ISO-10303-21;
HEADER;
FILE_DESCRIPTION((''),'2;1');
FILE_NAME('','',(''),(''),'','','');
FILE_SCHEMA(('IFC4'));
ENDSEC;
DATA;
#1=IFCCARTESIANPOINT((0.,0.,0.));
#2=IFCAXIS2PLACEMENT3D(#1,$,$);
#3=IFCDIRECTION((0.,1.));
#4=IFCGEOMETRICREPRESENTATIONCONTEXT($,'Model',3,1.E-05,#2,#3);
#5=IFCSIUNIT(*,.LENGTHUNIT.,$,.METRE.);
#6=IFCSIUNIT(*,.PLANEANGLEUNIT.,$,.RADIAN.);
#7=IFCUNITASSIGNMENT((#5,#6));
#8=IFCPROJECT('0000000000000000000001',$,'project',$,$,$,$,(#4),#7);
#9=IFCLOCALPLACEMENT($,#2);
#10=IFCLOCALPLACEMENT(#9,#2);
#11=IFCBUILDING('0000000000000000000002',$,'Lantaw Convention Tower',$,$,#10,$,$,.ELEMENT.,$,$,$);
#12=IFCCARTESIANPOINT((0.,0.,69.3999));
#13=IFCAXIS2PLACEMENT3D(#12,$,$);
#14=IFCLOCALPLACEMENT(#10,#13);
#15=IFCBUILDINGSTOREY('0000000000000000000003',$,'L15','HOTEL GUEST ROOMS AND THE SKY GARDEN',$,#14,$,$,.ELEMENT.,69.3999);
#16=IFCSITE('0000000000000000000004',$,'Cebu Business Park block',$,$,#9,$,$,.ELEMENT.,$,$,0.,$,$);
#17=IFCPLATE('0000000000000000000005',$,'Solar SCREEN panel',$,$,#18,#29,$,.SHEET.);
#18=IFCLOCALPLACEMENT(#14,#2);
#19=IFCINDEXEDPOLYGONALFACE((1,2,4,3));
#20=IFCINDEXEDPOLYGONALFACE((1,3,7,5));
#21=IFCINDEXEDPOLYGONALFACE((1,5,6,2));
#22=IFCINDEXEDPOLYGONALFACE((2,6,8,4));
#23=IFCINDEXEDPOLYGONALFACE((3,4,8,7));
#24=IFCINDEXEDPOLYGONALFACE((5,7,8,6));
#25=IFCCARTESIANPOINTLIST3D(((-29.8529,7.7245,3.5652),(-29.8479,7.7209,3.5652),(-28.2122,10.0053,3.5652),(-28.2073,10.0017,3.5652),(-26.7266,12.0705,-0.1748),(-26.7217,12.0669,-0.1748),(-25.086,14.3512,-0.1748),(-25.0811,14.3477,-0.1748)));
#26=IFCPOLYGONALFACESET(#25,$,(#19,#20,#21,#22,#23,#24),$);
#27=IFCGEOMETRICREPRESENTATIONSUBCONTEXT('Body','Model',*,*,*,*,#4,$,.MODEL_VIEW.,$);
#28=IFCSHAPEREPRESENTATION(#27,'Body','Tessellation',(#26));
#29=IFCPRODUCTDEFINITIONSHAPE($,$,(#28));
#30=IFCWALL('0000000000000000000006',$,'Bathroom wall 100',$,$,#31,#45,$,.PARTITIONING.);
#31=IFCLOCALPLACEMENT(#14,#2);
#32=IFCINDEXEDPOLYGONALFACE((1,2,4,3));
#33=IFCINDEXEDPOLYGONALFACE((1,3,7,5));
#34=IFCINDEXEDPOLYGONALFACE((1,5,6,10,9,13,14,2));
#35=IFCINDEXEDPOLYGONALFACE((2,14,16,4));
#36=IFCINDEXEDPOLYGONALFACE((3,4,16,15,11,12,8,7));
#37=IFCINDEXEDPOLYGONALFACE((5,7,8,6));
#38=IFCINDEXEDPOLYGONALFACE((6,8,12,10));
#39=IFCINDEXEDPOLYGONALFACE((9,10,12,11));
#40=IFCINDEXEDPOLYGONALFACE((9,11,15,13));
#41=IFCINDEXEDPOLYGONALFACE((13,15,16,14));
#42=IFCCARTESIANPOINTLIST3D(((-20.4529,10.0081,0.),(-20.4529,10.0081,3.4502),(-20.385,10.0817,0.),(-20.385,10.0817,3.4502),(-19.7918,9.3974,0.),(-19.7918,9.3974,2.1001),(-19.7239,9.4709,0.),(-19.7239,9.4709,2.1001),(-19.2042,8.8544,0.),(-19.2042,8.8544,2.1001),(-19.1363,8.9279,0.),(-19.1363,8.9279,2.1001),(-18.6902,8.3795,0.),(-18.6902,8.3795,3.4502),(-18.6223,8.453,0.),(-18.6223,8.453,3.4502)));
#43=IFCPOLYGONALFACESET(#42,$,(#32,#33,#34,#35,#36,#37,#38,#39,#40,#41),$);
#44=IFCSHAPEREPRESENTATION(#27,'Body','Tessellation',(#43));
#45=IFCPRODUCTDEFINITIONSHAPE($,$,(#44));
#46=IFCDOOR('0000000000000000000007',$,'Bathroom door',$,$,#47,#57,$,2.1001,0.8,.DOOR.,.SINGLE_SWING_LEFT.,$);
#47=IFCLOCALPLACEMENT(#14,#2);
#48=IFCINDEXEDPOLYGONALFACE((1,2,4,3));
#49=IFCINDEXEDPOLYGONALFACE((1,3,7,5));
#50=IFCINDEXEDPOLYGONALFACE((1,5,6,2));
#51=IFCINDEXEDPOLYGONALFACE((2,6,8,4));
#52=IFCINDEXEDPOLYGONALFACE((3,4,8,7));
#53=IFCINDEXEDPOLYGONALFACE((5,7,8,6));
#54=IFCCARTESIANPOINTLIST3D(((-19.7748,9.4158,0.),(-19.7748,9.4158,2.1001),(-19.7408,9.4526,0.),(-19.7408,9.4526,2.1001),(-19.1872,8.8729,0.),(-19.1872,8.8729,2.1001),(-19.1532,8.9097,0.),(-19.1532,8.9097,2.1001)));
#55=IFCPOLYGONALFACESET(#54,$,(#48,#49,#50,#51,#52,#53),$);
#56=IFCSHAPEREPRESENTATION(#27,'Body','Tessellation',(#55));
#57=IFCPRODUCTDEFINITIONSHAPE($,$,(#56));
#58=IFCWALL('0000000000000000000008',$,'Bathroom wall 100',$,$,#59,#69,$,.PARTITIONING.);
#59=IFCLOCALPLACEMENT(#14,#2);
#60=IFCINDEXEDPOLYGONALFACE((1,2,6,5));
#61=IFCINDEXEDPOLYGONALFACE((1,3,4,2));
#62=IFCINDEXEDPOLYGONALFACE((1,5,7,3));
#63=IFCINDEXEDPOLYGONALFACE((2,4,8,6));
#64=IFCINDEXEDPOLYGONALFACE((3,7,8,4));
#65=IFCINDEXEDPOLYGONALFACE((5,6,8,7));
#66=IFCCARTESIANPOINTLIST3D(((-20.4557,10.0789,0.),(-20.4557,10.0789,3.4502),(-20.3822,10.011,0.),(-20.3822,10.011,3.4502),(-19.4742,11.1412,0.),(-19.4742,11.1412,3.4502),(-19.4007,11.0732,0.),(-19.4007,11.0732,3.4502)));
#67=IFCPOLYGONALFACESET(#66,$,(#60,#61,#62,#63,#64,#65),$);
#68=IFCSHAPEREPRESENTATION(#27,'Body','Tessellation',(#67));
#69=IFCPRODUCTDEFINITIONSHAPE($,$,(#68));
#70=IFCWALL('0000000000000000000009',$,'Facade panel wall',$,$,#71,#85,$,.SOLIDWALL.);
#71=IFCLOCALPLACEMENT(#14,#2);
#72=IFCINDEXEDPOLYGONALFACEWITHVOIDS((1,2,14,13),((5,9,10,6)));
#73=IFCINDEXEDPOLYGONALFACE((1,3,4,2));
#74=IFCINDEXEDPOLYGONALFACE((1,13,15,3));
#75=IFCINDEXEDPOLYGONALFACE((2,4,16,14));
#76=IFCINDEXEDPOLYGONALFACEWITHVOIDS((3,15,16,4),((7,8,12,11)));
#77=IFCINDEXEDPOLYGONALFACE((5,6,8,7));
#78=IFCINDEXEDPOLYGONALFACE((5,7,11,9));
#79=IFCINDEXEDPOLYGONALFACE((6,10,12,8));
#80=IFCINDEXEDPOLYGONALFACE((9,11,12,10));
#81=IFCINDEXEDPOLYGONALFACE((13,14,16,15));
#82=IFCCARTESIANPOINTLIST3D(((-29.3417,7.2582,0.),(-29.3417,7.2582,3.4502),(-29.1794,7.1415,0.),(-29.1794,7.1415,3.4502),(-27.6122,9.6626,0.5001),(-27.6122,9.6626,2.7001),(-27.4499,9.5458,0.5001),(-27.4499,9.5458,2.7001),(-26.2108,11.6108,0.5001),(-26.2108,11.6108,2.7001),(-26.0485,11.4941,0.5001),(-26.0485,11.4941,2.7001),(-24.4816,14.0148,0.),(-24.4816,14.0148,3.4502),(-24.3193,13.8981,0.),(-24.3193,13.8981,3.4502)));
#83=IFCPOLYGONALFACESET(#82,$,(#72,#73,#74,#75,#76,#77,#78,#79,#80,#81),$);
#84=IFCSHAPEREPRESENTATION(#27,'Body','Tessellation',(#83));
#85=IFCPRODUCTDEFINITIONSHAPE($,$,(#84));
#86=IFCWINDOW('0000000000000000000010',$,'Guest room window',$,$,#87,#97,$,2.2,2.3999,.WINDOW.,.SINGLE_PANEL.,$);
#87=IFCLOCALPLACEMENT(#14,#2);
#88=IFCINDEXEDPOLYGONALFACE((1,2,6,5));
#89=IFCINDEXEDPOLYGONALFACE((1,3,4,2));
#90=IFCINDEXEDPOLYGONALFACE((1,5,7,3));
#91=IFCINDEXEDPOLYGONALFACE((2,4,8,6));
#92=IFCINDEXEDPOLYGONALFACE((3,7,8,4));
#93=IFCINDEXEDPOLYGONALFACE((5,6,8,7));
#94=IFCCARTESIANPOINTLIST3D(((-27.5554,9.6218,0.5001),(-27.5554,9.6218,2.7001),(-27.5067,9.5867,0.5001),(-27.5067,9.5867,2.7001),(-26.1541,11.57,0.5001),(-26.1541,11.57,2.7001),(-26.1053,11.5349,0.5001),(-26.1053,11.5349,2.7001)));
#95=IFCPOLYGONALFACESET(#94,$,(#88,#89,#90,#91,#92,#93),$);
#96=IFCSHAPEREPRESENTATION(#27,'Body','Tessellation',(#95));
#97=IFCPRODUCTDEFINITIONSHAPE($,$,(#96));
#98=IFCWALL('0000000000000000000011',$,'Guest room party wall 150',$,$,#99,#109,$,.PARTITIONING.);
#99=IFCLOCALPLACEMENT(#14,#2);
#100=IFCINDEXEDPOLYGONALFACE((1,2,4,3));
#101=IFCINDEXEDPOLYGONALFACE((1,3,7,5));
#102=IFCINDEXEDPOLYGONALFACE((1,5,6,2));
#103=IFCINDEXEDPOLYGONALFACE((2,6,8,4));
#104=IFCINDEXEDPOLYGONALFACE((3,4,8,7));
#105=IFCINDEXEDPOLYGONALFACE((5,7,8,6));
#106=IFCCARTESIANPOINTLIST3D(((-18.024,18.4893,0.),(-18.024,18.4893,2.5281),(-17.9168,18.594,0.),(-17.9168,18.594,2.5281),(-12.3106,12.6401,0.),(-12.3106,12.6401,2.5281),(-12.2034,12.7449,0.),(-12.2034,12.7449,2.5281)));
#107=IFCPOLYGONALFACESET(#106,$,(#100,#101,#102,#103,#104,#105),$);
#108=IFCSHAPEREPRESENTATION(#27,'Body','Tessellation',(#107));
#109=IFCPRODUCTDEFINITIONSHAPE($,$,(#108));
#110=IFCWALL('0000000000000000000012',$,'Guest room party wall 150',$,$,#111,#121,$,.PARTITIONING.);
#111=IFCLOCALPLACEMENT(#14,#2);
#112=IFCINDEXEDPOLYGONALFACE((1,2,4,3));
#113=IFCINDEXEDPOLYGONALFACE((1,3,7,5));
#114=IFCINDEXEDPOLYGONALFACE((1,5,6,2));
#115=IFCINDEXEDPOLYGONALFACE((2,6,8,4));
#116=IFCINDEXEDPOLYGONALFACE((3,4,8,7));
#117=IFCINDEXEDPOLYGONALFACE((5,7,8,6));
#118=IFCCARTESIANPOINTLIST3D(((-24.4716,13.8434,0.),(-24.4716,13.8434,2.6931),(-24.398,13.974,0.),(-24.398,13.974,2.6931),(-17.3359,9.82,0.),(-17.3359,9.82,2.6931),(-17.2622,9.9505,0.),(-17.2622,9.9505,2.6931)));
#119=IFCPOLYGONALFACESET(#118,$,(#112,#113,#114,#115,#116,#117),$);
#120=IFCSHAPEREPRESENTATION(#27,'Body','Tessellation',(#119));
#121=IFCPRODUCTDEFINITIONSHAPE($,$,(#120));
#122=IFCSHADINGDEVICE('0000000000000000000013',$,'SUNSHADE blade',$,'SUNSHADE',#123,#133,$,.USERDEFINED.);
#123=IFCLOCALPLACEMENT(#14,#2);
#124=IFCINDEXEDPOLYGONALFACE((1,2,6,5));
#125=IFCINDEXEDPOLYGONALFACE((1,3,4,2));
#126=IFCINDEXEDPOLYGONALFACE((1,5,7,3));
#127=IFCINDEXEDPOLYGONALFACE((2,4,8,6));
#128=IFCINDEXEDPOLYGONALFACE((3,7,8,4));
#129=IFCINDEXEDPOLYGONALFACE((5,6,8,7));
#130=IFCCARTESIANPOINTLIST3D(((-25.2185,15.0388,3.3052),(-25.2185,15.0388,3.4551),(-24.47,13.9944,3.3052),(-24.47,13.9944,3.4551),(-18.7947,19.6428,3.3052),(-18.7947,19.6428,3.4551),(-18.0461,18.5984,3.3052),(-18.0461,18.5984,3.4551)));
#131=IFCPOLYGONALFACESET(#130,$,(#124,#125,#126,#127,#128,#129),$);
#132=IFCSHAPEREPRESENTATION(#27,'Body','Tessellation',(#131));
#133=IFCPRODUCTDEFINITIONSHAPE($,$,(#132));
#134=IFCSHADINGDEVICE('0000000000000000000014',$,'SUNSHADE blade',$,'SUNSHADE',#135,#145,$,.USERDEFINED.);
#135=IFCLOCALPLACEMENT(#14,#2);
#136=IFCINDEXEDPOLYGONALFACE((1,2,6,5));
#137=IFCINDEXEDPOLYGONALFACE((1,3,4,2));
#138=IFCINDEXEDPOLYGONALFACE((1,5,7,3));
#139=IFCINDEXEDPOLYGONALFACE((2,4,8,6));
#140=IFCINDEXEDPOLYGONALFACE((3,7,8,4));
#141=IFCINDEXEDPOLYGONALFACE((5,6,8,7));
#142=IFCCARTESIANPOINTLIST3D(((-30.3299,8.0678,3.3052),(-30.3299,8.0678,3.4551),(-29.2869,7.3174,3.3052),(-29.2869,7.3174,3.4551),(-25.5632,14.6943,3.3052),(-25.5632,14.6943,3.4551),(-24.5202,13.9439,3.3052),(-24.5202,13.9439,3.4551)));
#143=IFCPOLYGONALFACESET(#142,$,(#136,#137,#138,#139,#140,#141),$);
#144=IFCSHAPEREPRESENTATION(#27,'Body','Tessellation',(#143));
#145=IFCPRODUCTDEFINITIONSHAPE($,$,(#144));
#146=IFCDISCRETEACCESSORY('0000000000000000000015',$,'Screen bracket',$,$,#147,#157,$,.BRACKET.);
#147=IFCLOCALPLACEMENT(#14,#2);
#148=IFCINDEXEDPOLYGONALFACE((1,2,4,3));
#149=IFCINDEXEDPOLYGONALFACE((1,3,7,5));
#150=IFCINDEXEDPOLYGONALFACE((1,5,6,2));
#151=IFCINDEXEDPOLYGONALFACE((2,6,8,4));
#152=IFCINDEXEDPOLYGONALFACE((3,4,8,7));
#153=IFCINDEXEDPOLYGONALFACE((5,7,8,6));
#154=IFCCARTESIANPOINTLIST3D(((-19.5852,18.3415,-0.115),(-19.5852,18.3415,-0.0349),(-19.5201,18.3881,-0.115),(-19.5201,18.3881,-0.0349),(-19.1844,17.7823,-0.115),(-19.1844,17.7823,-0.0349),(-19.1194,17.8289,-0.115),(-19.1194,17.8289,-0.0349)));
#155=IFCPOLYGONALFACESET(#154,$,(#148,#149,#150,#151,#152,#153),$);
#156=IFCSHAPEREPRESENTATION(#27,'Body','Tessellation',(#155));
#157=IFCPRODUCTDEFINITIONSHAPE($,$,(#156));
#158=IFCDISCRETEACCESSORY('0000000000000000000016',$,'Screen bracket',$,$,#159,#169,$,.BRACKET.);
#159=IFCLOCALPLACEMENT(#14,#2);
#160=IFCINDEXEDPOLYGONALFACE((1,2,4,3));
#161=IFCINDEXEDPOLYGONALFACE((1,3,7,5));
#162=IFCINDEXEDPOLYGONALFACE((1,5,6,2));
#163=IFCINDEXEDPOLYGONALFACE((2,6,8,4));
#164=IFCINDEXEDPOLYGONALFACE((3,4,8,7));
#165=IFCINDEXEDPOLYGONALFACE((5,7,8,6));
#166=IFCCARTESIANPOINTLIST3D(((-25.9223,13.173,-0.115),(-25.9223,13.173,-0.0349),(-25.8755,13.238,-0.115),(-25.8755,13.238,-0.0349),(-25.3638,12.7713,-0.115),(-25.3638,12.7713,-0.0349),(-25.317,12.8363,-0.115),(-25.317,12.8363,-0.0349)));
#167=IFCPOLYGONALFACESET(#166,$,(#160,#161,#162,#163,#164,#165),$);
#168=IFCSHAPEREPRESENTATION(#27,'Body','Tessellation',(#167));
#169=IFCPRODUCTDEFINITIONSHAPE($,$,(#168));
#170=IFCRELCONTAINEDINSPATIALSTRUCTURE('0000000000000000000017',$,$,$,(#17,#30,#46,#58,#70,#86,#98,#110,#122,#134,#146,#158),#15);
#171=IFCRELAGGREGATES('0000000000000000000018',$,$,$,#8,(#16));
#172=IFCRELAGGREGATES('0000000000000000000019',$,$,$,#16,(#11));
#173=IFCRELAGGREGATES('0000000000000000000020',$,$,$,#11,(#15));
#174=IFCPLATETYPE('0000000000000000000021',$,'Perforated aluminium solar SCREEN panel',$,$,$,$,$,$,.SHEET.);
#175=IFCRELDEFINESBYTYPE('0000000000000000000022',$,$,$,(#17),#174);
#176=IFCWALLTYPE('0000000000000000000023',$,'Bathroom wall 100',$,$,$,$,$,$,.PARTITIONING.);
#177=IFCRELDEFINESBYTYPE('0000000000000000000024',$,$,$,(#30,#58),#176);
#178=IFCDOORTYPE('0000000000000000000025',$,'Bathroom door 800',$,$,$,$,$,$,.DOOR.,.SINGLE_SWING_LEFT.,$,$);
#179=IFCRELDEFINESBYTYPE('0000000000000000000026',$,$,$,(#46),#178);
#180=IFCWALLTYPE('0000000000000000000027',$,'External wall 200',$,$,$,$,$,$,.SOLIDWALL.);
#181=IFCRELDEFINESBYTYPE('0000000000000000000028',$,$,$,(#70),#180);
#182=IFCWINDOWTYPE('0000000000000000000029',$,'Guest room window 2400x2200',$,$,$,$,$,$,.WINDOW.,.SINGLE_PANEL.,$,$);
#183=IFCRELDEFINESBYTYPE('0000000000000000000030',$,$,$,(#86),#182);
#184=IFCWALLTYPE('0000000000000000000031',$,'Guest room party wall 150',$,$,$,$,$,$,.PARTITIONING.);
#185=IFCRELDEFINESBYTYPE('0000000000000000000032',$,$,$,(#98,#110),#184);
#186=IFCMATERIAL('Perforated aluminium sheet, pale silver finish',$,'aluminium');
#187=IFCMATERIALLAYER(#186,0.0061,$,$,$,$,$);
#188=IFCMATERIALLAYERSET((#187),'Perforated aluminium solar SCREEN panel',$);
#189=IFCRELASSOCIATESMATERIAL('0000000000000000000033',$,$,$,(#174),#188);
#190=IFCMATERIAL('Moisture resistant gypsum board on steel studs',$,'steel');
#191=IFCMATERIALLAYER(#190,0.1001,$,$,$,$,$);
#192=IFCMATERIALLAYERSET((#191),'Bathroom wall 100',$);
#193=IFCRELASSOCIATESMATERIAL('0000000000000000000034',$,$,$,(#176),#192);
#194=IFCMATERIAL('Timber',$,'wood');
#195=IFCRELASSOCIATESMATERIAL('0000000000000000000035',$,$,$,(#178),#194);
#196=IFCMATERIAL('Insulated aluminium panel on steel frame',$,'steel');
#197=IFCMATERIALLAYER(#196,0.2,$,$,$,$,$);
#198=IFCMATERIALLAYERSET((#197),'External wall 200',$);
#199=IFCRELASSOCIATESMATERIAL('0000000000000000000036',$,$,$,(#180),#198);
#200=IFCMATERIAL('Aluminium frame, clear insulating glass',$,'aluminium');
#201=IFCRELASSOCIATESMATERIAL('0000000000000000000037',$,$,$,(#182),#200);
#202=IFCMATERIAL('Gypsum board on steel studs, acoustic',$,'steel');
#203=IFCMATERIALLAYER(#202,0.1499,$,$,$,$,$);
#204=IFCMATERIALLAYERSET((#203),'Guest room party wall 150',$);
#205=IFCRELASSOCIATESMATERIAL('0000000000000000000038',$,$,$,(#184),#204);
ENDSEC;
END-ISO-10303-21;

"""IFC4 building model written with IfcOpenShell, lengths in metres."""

from ifc_helpers import new_model, si_unit, direction, frame, frame_2d, origin, origin_2d, place, context, subcontext, project, spatial, polyline, rectangle, outline, extrude, material, layer, layer_set, type_object, element, fill, save


model = new_model("IFC4")

# Units and contexts
model_context = context("Model", 3, precision=1e-05, world=origin(), true_north=direction((0.0, 1.0)))
body_context = subcontext(model_context, "Body", "Model", "MODEL_VIEW")
ifc_project = project(units=[si_unit("LENGTHUNIT", "METRE"), si_unit("PLANEANGLEUNIT", "RADIAN")], contexts=[model_context])

# Site, building, storey
site_placement = place(None, origin())
site = spatial("IfcSite", under=ifc_project, at=site_placement, Name="Cebu Business Park block", CompositionType="ELEMENT", RefElevation=0.0)
building_placement = place(site_placement, origin())
building = spatial("IfcBuilding", under=site, at=building_placement, Name="Lantaw Convention Tower", CompositionType="ELEMENT")
storey_placement = place(building_placement, frame((0.0, 0.0, 69.3999)))
storey = spatial("IfcBuildingStorey", under=building, at=storey_placement, Name="L15", Description="HOTEL GUEST ROOMS AND THE SKY GARDEN", CompositionType="ELEMENT", Elevation=69.3999)

# Plate
ifc_material_1 = material(Name="Perforated aluminium sheet, pale silver finish", Category="aluminium")
ifc_layer_1 = layer(ifc_material_1, 0.0061)
ifc_layer_set_1 = layer_set([ifc_layer_1], Name="Perforated aluminium solar SCREEN panel")
plate_type = type_object("IfcPlateType", Name="Perforated aluminium solar SCREEN panel", PredefinedType="SHEET", material=ifc_layer_set_1)
plate_1_placement = place(storey_placement, frame((-25.0811, 14.3477, -0.1748), z_axis=(0.811791, -0.583948, 0.000009), x_axis=(-0.583948, -0.811791, 0.0)))
element("IfcPlate", 1, at=plate_1_placement, inside=storey, type_object=plate_type, Name="Solar SCREEN panel", PredefinedType="SHEET", context=body_context, shape_type="SweptSolid", body=[
    extrude(outline(polyline([(0.0, 0.0), (2.8095, 0.0), (8.1631, -3.74), (5.3536, -3.74), (0.0, 0.0)])), origin(), (0.0, 0.0, -1.0), 0.0061),
])

# Wall, opening, door
ifc_material_2 = material(Name="Moisture resistant gypsum board on steel studs", Category="steel")
ifc_layer_2 = layer(ifc_material_2, 0.1001)
ifc_layer_set_2 = layer_set([ifc_layer_2], Name="Bathroom wall 100")
wall_type_1 = type_object("IfcWallType", Name="Bathroom wall 100", PredefinedType="PARTITIONING", material=ifc_layer_set_2)
wall_1_placement = place(storey_placement, frame((-18.6562, 8.4163, 0.0), z_axis=(0.0, 0.0, 1.0), x_axis=(-0.73448, 0.678631, 0.0)))
wall_1 = element("IfcWall", 2, at=wall_1_placement, inside=storey, type_object=wall_type_1, Name="Bathroom wall 100", PredefinedType="PARTITIONING", context=body_context, shape_type="SweptSolid", body=[
    extrude(rectangle(XDim=2.3999, YDim=0.1001, at=frame_2d((1.2, 0.0))), origin(), (0.0, 0.0, 1.0), 3.4502),
])
opening_1_placement = place(wall_1_placement, frame((0.7, 0.0, 0.0)))
opening_1 = element("IfcOpeningElement", 3, at=opening_1_placement, cuts=wall_1, PredefinedType="OPENING", context=body_context, shape_type="SweptSolid", body=[
    extrude(rectangle(XDim=0.8, YDim=2.1001, at=frame_2d((0.3999, 1.05))), frame((0.0, 0.0601, 0.0), z_axis=(0.0, -1.0, 0.0), x_axis=(1.0, 0.0, 0.0)), (0.0, 0.0, 1.0), 0.1201),
])
ifc_material_3 = material(Name="Timber", Category="wood")
door_type = type_object("IfcDoorType", Name="Bathroom door 800", OperationType="SINGLE_SWING_LEFT", PredefinedType="DOOR", material=ifc_material_3)
door_placement = place(opening_1_placement, origin())
door = element("IfcDoor", 4, at=door_placement, inside=storey, type_object=door_type, Name="Bathroom door", OperationType="SINGLE_SWING_LEFT", OverallHeight=2.1001, OverallWidth=0.8, PredefinedType="DOOR", context=body_context, shape_type="SweptSolid", body=[
    extrude(rectangle(XDim=0.8, YDim=2.1001, at=frame_2d((0.3999, 1.05))), frame((0.0, 0.0249, 0.0), z_axis=(0.0, -1.0, 0.0), x_axis=(1.0, 0.0, 0.0)), (0.0, 0.0, 1.0), 0.05),
])
fill(opening_1, door)

# Wall
wall_2_placement = place(storey_placement, frame((-20.4189, 10.0449, 0.0), z_axis=(0.0, 0.0, 1.0), x_axis=(0.678617, 0.734493, 0.0)))
element("IfcWall", 5, at=wall_2_placement, inside=storey, type_object=wall_type_1, Name="Bathroom wall 100", PredefinedType="PARTITIONING", context=body_context, shape_type="SweptSolid", body=[
    extrude(rectangle(XDim=1.4463, YDim=0.1001, at=frame_2d((0.7231, 0.0))), origin(), (0.0, 0.0, 1.0), 3.4502),
])

# Wall, opening, window
ifc_material_4 = material(Name="Insulated aluminium panel on steel frame", Category="steel")
ifc_layer_3 = layer(ifc_material_4, 0.2)
ifc_layer_set_3 = layer_set([ifc_layer_3], Name="External wall 200")
wall_type_2 = type_object("IfcWallType", Name="External wall 200", PredefinedType="SOLIDWALL", material=ifc_layer_set_3)
wall_3_placement = place(storey_placement, frame((-24.4004, 13.9565, 0.0), z_axis=(0.0, 0.0, 1.0), x_axis=(-0.583938, -0.811799, 0.0)))
wall_3 = element("IfcWall", 6, at=wall_3_placement, inside=storey, type_object=wall_type_2, Name="Facade panel wall", PredefinedType="SOLIDWALL", context=body_context, shape_type="SweptSolid", body=[
    extrude(rectangle(XDim=8.323, YDim=0.2, at=frame_2d((4.1616, 0.0))), origin(), (0.0, 0.0, 1.0), 3.4502),
])
opening_2_placement = place(wall_3_placement, frame((2.9614, 0.0, 0.5)))
opening_2 = element("IfcOpeningElement", 7, at=opening_2_placement, cuts=wall_3, PredefinedType="OPENING", context=body_context, shape_type="SweptSolid", body=[
    extrude(rectangle(XDim=2.3999, YDim=2.2, at=frame_2d((1.2, 1.1001))), frame((0.0, 0.1099, 0.0), z_axis=(0.0, -1.0, 0.0), x_axis=(1.0, 0.0, 0.0)), (0.0, 0.0, 1.0), 0.22),
])
ifc_material_5 = material(Name="Aluminium frame, clear insulating glass", Category="aluminium")
window_type = type_object("IfcWindowType", Name="Guest room window 2400x2200", PartitioningType="SINGLE_PANEL", PredefinedType="WINDOW", material=ifc_material_5)
window_placement = place(opening_2_placement, origin())
window = element("IfcWindow", 8, at=window_placement, inside=storey, type_object=window_type, Name="Guest room window", OverallHeight=2.2, OverallWidth=2.3999, PartitioningType="SINGLE_PANEL", PredefinedType="WINDOW", context=body_context, shape_type="SweptSolid", body=[
    extrude(rectangle(XDim=2.3999, YDim=2.2, at=frame_2d((1.2, 1.1001))), frame((0.0, 0.03, 0.0), z_axis=(0.0, -1.0, 0.0), x_axis=(1.0, 0.0, 0.0)), (0.0, 0.0, 1.0), 0.0601),
])
fill(opening_2, window)

# Walls
ifc_material_6 = material(Name="Gypsum board on steel studs, acoustic", Category="steel")
ifc_layer_4 = layer(ifc_material_6, 0.1499)
ifc_layer_set_4 = layer_set([ifc_layer_4], Name="Guest room party wall 150")
wall_type_3 = type_object("IfcWallType", Name="Guest room party wall 150", PredefinedType="PARTITIONING", material=ifc_layer_set_4)
wall_4_placement = place(storey_placement, frame((-17.9705, 18.5417, 0.0), z_axis=(0.0, 0.0, 1.0), x_axis=(0.698757, -0.715359, 0.0)))
element("IfcWall", 9, at=wall_4_placement, inside=storey, type_object=wall_type_3, Name="Guest room party wall 150", PredefinedType="PARTITIONING", context=body_context, shape_type="SweptSolid", body=[
    extrude(rectangle(XDim=8.1765, YDim=0.1499, at=frame_2d((4.0884, 0.0))), origin(), (0.0, 0.0, 1.0), 2.5281),
])
wall_5_placement = place(storey_placement, frame((-24.4348, 13.9087, 0.0), z_axis=(0.0, 0.0, 1.0), x_axis=(0.871075, -0.49115, 0.0)))
element("IfcWall", 10, at=wall_5_placement, inside=storey, type_object=wall_type_3, Name="Guest room party wall 150", PredefinedType="PARTITIONING", context=body_context, shape_type="SweptSolid", body=[
    extrude(rectangle(XDim=8.1919, YDim=0.1499, at=frame_2d((4.0959, 0.0))), origin(), (0.0, 0.0, 1.0), 2.6931),
])

# Shading devices
shading_device_1_placement = place(storey_placement, frame((-21.6323, 16.8186, 3.3052), z_axis=(0.0, 0.0, 1.0), x_axis=(-0.812804, -0.582538, 0.0)))
element("IfcShadingDevice", 11, at=shading_device_1_placement, inside=storey, Name="SUNSHADE blade", ObjectType="SUNSHADE", PredefinedType="USERDEFINED", context=body_context, shape_type="SweptSolid", body=[
    extrude(rectangle(XDim=7.9033, YDim=1.2849, at=origin_2d()), origin(), (0.0, 0.0, 1.0), 0.1499),
])
shading_device_2_placement = place(storey_placement, frame((-27.425, 11.0059, 3.3052), z_axis=(0.0, 0.0, 1.0), x_axis=(-0.583951, -0.811789, 0.0)))
element("IfcShadingDevice", 12, at=shading_device_2_placement, inside=storey, Name="SUNSHADE blade", ObjectType="SUNSHADE", PredefinedType="USERDEFINED", context=body_context, shape_type="SweptSolid", body=[
    extrude(rectangle(XDim=8.1628, YDim=1.2849, at=origin_2d()), origin(), (0.0, 0.0, 1.0), 0.1499),
])

# Discrete accessories
for number, where, z_axis, x_axis, name in (
    (13, (-19.3523, 18.0852, -0.115), (0.0, 0.0, 1.0), (-0.812804, -0.582538, 0.0), "Screen bracket"),
    (14, (-25.6196, 13.0046, -0.115), (0.0, 0.0, 1.0), (-0.583951, -0.811789, 0.0), "Screen bracket"),
):
    element("IfcDiscreteAccessory", number, at=place(storey_placement, frame(where, z_axis=z_axis, x_axis=x_axis)), inside=storey, Name=name, PredefinedType="BRACKET", context=body_context, shape_type="SweptSolid", body=[
        extrude(rectangle(XDim=0.0801, YDim=0.688, at=origin_2d()), origin(), (0.0, 0.0, 1.0), 0.0801),
    ])

save(model, "model.ifc")
